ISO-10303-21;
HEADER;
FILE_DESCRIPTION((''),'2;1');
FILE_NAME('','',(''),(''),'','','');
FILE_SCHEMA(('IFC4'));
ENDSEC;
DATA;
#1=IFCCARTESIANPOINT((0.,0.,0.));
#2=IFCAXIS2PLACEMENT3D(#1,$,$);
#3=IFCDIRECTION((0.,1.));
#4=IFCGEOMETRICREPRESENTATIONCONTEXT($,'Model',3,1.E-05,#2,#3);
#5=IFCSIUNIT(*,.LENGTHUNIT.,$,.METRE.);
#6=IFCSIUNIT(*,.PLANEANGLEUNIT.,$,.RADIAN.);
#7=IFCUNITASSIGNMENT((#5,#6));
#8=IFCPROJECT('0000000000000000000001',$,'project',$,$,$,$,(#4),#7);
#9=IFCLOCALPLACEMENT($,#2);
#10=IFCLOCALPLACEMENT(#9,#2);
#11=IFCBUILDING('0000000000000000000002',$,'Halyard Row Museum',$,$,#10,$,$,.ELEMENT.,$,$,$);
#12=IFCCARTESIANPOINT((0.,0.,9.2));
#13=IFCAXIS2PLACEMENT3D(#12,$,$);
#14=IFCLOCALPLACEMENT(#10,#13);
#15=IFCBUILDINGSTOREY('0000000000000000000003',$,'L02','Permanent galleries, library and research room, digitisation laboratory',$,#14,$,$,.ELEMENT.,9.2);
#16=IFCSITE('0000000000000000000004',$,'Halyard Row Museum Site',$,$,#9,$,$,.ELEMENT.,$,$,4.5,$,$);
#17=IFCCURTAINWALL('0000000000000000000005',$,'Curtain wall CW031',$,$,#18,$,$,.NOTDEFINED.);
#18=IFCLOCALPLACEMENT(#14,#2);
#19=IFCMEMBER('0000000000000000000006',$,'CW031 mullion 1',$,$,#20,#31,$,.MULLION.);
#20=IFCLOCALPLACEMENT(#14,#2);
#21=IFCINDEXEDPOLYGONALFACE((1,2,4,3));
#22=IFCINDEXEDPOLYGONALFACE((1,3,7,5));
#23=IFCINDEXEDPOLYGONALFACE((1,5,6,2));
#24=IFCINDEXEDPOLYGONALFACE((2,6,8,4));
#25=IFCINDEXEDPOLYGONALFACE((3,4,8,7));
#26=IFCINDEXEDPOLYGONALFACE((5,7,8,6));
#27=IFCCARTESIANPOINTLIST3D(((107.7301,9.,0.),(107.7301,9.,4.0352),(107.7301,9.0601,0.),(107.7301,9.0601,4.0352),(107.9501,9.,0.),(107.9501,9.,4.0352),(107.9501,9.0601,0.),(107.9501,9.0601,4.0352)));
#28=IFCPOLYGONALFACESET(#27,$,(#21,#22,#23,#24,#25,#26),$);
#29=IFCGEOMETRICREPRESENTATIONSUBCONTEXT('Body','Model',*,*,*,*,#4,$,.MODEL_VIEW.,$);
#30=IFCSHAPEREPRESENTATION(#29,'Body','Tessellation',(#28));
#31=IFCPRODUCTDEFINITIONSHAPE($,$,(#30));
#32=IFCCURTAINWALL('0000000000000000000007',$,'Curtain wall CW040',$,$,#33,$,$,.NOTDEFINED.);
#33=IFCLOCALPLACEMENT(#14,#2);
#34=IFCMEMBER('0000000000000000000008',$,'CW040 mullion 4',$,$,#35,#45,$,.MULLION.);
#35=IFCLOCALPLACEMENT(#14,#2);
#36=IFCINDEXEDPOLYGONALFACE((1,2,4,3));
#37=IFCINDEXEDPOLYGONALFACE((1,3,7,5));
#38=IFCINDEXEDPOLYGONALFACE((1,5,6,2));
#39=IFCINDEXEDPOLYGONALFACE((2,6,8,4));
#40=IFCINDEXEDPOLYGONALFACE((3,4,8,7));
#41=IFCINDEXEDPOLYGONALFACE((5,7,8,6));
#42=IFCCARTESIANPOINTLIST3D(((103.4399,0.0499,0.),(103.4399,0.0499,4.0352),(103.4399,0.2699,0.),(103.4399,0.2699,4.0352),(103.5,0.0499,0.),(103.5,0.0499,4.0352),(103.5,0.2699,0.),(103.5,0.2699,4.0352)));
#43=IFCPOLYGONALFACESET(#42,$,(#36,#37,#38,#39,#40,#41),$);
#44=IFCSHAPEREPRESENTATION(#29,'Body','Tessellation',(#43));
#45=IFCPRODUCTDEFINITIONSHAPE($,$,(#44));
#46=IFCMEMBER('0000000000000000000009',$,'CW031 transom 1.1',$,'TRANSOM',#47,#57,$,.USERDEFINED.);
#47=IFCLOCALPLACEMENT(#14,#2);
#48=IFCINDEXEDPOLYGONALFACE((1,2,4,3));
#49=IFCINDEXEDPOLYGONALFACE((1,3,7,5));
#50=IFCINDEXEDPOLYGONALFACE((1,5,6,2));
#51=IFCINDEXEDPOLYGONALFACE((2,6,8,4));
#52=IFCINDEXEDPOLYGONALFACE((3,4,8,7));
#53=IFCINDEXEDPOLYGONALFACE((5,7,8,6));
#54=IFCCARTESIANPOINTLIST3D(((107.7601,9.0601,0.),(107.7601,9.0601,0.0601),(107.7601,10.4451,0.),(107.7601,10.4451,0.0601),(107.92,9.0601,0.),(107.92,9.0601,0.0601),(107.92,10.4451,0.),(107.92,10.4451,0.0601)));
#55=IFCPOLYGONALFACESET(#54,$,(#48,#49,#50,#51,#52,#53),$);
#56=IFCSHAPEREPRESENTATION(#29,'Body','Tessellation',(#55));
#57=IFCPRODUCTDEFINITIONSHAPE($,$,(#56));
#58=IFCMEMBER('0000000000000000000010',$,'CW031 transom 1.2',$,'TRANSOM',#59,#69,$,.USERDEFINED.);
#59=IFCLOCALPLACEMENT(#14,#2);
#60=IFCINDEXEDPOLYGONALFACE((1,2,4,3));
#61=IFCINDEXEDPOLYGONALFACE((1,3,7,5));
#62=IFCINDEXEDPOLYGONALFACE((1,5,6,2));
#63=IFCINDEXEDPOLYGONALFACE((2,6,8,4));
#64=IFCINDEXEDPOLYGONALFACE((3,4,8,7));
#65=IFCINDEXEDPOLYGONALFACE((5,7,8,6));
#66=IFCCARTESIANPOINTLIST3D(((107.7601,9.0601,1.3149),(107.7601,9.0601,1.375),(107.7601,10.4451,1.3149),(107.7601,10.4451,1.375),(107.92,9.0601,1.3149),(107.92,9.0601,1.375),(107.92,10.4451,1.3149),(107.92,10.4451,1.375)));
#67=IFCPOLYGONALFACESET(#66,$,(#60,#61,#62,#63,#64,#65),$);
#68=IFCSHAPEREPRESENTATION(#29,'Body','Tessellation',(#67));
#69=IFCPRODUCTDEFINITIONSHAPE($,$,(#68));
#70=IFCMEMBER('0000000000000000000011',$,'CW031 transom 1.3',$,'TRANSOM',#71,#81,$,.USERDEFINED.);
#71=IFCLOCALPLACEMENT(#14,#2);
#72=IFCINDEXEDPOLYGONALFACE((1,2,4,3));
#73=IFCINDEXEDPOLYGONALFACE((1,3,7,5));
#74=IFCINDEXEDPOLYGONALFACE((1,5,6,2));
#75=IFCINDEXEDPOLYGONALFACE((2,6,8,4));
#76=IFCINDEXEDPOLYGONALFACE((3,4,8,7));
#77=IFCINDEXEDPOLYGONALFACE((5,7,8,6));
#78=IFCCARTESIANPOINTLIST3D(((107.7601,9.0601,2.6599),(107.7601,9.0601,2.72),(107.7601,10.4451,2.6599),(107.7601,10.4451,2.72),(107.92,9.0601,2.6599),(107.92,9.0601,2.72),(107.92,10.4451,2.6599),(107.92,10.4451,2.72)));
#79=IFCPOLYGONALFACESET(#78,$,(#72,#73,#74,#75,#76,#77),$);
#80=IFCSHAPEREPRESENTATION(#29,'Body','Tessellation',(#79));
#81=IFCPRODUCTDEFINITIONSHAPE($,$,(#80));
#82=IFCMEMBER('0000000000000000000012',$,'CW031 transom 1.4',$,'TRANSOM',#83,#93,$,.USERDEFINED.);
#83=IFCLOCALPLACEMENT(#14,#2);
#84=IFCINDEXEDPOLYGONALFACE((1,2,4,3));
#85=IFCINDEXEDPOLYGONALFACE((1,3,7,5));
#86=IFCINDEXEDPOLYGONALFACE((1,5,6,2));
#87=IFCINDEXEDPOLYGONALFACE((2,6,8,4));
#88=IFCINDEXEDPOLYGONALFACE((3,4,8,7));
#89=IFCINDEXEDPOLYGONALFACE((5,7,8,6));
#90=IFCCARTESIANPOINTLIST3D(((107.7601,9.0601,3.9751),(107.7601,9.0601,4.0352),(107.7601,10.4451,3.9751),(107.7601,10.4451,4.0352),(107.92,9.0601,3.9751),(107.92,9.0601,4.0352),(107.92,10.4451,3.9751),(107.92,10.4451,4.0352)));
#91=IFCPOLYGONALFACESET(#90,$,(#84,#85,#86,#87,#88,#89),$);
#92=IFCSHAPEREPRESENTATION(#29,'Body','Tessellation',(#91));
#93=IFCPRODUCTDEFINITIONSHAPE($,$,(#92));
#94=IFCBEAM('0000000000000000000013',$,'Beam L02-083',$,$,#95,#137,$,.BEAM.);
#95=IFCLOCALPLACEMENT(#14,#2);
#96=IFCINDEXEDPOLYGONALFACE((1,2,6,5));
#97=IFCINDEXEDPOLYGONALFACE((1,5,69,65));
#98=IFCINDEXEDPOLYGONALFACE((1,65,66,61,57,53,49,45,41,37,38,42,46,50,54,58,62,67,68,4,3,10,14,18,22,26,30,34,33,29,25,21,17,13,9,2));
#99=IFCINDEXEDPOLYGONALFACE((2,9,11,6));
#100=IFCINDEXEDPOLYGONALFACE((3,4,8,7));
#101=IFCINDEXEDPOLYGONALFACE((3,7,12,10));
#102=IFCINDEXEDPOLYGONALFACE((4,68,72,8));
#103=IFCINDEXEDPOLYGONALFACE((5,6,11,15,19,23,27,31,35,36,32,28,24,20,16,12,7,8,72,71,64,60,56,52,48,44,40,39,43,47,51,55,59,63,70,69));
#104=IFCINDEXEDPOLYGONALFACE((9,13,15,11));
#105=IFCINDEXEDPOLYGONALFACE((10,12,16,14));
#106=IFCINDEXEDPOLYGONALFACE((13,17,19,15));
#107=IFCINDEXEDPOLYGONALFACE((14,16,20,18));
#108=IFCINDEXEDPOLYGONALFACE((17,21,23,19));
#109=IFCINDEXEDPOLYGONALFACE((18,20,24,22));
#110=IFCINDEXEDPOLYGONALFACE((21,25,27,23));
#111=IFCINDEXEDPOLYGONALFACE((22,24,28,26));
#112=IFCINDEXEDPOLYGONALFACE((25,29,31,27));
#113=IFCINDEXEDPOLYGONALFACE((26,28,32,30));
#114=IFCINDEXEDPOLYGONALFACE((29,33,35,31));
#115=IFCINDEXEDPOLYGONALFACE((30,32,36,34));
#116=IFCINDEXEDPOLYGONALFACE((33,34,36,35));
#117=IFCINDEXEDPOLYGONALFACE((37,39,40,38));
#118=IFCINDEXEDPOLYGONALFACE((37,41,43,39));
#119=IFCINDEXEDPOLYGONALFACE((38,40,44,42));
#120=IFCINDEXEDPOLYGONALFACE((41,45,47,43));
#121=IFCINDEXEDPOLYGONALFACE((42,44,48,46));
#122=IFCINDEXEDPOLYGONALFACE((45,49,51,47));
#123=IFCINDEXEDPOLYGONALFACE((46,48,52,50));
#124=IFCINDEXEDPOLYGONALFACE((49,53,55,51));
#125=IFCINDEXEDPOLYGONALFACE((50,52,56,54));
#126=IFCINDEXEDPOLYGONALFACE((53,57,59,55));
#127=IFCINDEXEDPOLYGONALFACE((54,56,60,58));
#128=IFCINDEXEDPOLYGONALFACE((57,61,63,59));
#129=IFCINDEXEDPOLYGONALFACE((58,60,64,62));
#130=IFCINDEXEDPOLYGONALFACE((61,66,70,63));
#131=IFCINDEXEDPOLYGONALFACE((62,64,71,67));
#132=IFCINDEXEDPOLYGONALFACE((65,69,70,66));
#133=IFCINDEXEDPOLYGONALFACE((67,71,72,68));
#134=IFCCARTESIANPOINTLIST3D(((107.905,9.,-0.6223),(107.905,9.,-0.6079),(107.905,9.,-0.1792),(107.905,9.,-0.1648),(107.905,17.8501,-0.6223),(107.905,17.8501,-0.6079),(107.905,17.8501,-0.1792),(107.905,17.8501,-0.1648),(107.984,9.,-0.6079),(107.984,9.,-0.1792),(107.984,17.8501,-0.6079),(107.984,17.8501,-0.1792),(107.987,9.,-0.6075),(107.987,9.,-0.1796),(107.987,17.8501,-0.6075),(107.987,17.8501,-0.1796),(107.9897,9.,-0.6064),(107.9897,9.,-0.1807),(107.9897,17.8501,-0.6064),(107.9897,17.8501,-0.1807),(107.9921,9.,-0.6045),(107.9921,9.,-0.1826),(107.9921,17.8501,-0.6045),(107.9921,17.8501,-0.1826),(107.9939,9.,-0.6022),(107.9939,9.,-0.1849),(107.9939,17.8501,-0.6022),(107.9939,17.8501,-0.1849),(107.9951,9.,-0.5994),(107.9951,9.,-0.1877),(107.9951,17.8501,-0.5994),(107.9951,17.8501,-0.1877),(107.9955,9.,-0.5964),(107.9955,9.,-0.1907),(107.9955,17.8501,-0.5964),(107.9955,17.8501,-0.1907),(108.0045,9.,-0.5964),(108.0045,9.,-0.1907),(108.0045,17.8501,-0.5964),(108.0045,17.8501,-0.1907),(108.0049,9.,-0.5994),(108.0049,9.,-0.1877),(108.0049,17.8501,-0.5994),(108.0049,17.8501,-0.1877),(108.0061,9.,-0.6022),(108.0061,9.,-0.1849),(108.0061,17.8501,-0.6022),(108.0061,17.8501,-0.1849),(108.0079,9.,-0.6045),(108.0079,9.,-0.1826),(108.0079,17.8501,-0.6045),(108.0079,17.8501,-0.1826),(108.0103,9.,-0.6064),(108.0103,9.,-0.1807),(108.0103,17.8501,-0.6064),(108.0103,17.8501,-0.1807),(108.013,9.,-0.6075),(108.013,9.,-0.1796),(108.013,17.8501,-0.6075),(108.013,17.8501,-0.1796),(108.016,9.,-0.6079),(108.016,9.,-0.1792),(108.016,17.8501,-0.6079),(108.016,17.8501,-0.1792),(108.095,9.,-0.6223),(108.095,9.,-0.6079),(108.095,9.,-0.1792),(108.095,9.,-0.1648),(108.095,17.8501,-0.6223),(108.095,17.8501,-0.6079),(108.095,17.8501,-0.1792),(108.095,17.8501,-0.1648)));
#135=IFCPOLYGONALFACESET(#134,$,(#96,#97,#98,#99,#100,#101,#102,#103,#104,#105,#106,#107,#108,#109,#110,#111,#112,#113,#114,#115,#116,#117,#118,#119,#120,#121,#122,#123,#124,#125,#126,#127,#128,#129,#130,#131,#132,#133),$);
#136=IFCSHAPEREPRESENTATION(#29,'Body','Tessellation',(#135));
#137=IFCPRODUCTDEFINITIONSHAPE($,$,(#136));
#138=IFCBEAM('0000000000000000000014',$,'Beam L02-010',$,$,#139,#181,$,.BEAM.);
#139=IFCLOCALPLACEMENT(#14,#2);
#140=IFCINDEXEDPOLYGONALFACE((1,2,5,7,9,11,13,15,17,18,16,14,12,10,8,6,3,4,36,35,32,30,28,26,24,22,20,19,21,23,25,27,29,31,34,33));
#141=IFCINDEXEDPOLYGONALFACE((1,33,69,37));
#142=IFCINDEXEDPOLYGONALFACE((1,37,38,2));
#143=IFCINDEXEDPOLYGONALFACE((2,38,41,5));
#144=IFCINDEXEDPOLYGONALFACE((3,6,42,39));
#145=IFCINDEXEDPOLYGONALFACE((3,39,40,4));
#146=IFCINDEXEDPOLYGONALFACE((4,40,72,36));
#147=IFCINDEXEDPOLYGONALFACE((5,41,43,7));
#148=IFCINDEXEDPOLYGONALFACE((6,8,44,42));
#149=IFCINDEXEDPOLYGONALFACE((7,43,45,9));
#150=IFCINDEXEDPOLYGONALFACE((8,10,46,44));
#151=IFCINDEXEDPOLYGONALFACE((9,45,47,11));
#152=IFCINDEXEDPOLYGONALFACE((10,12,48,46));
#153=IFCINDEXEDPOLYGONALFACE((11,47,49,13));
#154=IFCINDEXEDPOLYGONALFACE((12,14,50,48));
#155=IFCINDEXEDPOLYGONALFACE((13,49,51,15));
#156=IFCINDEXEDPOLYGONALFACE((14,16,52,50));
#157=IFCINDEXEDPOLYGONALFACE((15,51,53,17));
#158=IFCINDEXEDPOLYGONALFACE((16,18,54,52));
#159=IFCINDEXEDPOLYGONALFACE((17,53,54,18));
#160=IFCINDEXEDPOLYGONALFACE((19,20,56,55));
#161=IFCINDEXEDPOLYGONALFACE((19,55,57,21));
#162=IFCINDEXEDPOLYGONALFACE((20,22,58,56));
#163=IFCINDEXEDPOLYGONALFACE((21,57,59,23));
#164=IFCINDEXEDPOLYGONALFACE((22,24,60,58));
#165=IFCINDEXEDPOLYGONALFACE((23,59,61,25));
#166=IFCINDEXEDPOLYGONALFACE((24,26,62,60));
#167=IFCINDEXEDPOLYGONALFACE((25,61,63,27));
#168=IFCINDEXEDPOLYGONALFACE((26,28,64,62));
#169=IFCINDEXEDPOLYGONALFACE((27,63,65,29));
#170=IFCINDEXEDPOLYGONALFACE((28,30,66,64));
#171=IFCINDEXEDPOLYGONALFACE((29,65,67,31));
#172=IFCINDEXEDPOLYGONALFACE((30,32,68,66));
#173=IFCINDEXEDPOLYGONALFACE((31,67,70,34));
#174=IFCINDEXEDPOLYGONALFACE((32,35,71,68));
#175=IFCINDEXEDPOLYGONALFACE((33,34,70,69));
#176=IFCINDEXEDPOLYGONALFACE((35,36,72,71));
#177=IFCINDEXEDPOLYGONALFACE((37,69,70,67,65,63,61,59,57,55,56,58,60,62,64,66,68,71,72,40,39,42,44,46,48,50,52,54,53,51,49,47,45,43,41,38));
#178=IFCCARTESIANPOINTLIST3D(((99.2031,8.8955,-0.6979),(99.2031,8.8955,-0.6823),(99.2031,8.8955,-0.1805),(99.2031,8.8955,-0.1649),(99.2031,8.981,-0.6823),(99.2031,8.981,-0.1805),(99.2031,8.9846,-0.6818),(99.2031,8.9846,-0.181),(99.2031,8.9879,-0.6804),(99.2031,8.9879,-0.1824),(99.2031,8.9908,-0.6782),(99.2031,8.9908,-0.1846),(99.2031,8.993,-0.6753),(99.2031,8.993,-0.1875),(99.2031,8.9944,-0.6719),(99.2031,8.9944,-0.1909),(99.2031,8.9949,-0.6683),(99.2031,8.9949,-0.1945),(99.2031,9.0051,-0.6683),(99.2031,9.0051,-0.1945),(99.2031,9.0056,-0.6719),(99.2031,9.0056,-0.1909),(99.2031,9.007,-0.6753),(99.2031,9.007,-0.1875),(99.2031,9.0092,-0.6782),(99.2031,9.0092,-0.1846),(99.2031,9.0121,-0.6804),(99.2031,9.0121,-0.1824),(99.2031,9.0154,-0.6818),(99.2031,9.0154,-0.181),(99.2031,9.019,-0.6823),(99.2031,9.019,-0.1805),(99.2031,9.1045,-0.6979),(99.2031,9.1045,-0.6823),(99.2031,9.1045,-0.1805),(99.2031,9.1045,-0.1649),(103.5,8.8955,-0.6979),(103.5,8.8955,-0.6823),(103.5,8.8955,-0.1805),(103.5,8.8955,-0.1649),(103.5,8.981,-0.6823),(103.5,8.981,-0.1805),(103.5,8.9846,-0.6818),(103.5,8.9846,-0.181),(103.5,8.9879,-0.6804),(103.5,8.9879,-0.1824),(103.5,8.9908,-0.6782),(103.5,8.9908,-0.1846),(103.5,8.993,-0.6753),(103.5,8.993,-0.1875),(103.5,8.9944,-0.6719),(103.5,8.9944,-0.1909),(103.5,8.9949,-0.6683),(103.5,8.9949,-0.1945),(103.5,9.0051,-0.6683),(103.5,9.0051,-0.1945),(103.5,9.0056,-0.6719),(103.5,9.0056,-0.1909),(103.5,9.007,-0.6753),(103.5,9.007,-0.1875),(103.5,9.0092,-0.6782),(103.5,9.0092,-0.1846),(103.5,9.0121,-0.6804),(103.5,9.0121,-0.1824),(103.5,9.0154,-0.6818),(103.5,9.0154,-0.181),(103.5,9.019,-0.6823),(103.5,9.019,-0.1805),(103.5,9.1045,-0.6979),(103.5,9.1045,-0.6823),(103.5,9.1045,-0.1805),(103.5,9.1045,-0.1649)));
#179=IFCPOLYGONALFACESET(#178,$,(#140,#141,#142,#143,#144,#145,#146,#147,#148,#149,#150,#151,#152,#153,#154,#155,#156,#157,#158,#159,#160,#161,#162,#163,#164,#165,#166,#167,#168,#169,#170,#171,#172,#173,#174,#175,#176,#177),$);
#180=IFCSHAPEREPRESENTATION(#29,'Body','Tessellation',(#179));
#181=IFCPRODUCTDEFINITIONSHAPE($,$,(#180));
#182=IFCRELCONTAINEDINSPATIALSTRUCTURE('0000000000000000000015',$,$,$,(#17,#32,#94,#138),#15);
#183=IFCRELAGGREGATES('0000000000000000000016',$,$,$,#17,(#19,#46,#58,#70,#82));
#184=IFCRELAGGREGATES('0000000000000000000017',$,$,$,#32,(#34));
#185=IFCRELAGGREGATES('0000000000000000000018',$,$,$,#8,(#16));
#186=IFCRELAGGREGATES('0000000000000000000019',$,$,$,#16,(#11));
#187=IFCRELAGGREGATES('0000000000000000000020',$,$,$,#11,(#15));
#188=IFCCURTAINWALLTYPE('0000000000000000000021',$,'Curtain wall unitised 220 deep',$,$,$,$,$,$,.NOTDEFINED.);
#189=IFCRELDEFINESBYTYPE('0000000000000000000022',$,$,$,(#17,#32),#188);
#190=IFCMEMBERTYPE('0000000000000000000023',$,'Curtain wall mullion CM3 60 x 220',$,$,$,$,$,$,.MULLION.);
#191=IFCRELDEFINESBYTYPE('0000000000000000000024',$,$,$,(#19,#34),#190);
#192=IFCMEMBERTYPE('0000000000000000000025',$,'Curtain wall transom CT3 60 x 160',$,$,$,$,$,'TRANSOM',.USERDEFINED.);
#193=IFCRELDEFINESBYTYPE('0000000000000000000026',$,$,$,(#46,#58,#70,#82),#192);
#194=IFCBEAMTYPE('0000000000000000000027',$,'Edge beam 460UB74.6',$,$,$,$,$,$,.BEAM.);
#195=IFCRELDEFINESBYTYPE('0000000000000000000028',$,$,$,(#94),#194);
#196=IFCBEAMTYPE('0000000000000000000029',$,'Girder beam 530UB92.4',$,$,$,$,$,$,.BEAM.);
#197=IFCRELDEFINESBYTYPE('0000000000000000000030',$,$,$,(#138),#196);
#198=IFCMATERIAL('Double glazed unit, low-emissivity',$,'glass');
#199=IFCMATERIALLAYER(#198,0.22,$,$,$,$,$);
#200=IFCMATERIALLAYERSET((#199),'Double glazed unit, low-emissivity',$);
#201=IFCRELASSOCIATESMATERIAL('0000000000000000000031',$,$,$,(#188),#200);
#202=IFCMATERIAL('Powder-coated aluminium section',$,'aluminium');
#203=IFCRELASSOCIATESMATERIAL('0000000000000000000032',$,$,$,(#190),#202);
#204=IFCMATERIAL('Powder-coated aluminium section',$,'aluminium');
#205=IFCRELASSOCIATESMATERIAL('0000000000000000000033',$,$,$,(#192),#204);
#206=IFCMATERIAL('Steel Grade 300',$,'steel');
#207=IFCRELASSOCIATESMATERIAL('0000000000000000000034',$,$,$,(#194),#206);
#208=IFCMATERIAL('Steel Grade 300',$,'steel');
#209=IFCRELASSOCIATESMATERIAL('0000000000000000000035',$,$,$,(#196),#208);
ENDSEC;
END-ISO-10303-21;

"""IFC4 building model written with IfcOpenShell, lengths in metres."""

from ifc_helpers import new_model, si_unit, direction, frame, origin, origin_2d, place, context, subcontext, project, spatial, rectangle, i_section, extrude, material, layer, layer_set, material_profile, profile_set, type_object, element, aggregate, save


model = new_model("IFC4")

# Units and contexts
model_context = context("Model", 3, precision=1e-05, world=origin(), true_north=direction((0.0, 1.0)))
body_context = subcontext(model_context, "Body", "Model", "MODEL_VIEW")
ifc_project = project(units=[si_unit("LENGTHUNIT", "METRE"), si_unit("PLANEANGLEUNIT", "RADIAN")], contexts=[model_context])

# Site, building, storey
site_placement = place(None, origin())
site = spatial("IfcSite", under=ifc_project, at=site_placement, Name="Halyard Row Museum Site", CompositionType="ELEMENT", RefElevation=4.5)
building_placement = place(site_placement, origin())
building = spatial("IfcBuilding", under=site, at=building_placement, Name="Halyard Row Museum", CompositionType="ELEMENT")
storey_placement = place(building_placement, frame((0.0, 0.0, 9.2)))
storey = spatial("IfcBuildingStorey", under=building, at=storey_placement, Name="L02", Description="Permanent galleries, library and research room, digitisation laboratory", CompositionType="ELEMENT", Elevation=9.2)

# Curtain walls, members
ifc_material_1 = material(Name="Double glazed unit, low-emissivity", Category="glass")
ifc_layer_1 = layer(ifc_material_1, 0.22)
ifc_layer_set_1 = layer_set([ifc_layer_1], Name="Double glazed unit, low-emissivity")
curtain_wall_type = type_object("IfcCurtainWallType", Name="Curtain wall unitised 220 deep", PredefinedType="NOTDEFINED", material=ifc_layer_set_1)
curtain_wall_1_placement = place(storey_placement, origin())
curtain_wall_1 = element("IfcCurtainWall", 1, at=curtain_wall_1_placement, inside=storey, type_object=curtain_wall_type, Name="Curtain wall CW031", PredefinedType="NOTDEFINED")
ifc_material_2 = material(Name="Powder-coated aluminium section", Category="aluminium")
ifc_material_profile_1 = material_profile(ifc_material_2, rectangle(XDim=0.22, YDim=0.0601, at=origin_2d()), Name="220x60 mullion")
ifc_profile_set_1 = profile_set([ifc_material_profile_1], Name="Powder-coated aluminium section")
member_type_1 = type_object("IfcMemberType", Name="Curtain wall mullion CM3 60 x 220", PredefinedType="MULLION", material=ifc_profile_set_1)
member_1_placement = place(storey_placement, frame((107.8401, 9.03, 0.0), z_axis=(0.0, 0.0, 1.0), x_axis=(-1.0, 0.0, 0.0)))
member_1 = element("IfcMember", 2, at=member_1_placement, type_object=member_type_1, Name="CW031 mullion 1", PredefinedType="MULLION", context=body_context, shape_type="SweptSolid", body=[
    extrude(rectangle(XDim=0.22, YDim=0.0601, at=origin_2d()), origin(), (0.0, 0.0, 1.0), 4.0352),
])
curtain_wall_2_placement = place(storey_placement, origin())
curtain_wall_2 = element("IfcCurtainWall", 3, at=curtain_wall_2_placement, inside=storey, type_object=curtain_wall_type, Name="Curtain wall CW040", PredefinedType="NOTDEFINED")
member_2_placement = place(storey_placement, frame((103.47, 0.1599, 0.0), z_axis=(0.0, 0.0, 1.0), x_axis=(0.0, 1.0, 0.0)))
member_2 = element("IfcMember", 4, at=member_2_placement, type_object=member_type_1, Name="CW040 mullion 4", PredefinedType="MULLION", context=body_context, shape_type="SweptSolid", body=[
    extrude(rectangle(XDim=0.22, YDim=0.0601, at=origin_2d()), origin(), (0.0, 0.0, 1.0), 4.0352),
])

# Members
ifc_material_3 = material(Name="Powder-coated aluminium section", Category="aluminium")
ifc_material_profile_2 = material_profile(ifc_material_3, rectangle(XDim=0.1599, YDim=0.0601, at=origin_2d()), Name="160x60 transom")
ifc_profile_set_2 = profile_set([ifc_material_profile_2], Name="Powder-coated aluminium section")
member_type_2 = type_object("IfcMemberType", Name="Curtain wall transom CT3 60 x 160", ElementType="TRANSOM", PredefinedType="USERDEFINED", material=ifc_profile_set_2)
member_3_placement = place(storey_placement, frame((107.8401, 9.0601, 0.03), z_axis=(0.0, 1.0, 0.0), x_axis=(-1.0, 0.0, 0.0)))
member_3 = element("IfcMember", 5, at=member_3_placement, type_object=member_type_2, Name="CW031 transom 1.1", ObjectType="TRANSOM", PredefinedType="USERDEFINED", context=body_context, shape_type="SweptSolid", body=[
    extrude(rectangle(XDim=0.1599, YDim=0.0601, at=origin_2d()), origin(), (0.0, 0.0, 1.0), 1.385),
])
member_4_placement = place(storey_placement, frame((107.8401, 9.0601, 1.345), z_axis=(0.0, 1.0, 0.0), x_axis=(-1.0, 0.0, 0.0)))
member_4 = element("IfcMember", 6, at=member_4_placement, type_object=member_type_2, Name="CW031 transom 1.2", ObjectType="TRANSOM", PredefinedType="USERDEFINED", context=body_context, shape_type="SweptSolid", body=[
    extrude(rectangle(XDim=0.1599, YDim=0.0601, at=origin_2d()), origin(), (0.0, 0.0, 1.0), 1.385),
])
member_5_placement = place(storey_placement, frame((107.8401, 9.0601, 2.6899), z_axis=(0.0, 1.0, 0.0), x_axis=(-1.0, 0.0, 0.0)))
member_5 = element("IfcMember", 7, at=member_5_placement, type_object=member_type_2, Name="CW031 transom 1.3", ObjectType="TRANSOM", PredefinedType="USERDEFINED", context=body_context, shape_type="SweptSolid", body=[
    extrude(rectangle(XDim=0.1599, YDim=0.0601, at=origin_2d()), origin(), (0.0, 0.0, 1.0), 1.385),
])
member_6_placement = place(storey_placement, frame((107.8401, 9.0601, 4.0051), z_axis=(0.0, 1.0, 0.0), x_axis=(-1.0, 0.0, 0.0)))
member_6 = element("IfcMember", 8, at=member_6_placement, type_object=member_type_2, Name="CW031 transom 1.4", ObjectType="TRANSOM", PredefinedType="USERDEFINED", context=body_context, shape_type="SweptSolid", body=[
    extrude(rectangle(XDim=0.1599, YDim=0.0601, at=origin_2d()), origin(), (0.0, 0.0, 1.0), 1.385),
])
aggregate(curtain_wall_1, [member_1, member_3, member_4, member_5, member_6])

# Beams
ifc_material_4 = material(Name="Steel Grade 300", Category="steel")
ifc_material_profile_3 = material_profile(ifc_material_4, i_section(OverallWidth=0.1899, OverallDepth=0.4575, WebThickness=0.009, FlangeThickness=0.0144, FilletRadius=0.0115, at=origin_2d()), Name="460UB74.6")
ifc_profile_set_3 = profile_set([ifc_material_profile_3], Name="Steel Grade 300")
beam_type_1 = type_object("IfcBeamType", Name="Edge beam 460UB74.6", PredefinedType="BEAM", material=ifc_profile_set_3)
beam_1_placement = place(storey_placement, frame((108.0, 9.0, -0.3936), z_axis=(0.0, 1.0, 0.0), x_axis=(-1.0, 0.0, 0.0)))
element("IfcBeam", 9, at=beam_1_placement, inside=storey, type_object=beam_type_1, Name="Beam L02-083", PredefinedType="BEAM", context=body_context, shape_type="SweptSolid", body=[
    extrude(i_section(OverallWidth=0.1899, OverallDepth=0.4575, WebThickness=0.009, FlangeThickness=0.0144, FilletRadius=0.0115, at=origin_2d()), origin(), (0.0, 0.0, 1.0), 8.8501),
])
ifc_material_5 = material(Name="Steel Grade 300", Category="steel")
ifc_material_profile_4 = material_profile(ifc_material_5, i_section(OverallWidth=0.209, OverallDepth=0.533, WebThickness=0.0103, FlangeThickness=0.0156, FilletRadius=0.0139, at=origin_2d()), Name="530UB92.4")
ifc_profile_set_4 = profile_set([ifc_material_profile_4], Name="Steel Grade 300")
beam_type_2 = type_object("IfcBeamType", Name="Girder beam 530UB92.4", PredefinedType="BEAM", material=ifc_profile_set_4)
beam_2_placement = place(storey_placement, frame((99.2031, 9.0, -0.4314), z_axis=(1.0, 0.0, 0.0), x_axis=(0.0, 1.0, 0.0)))
element("IfcBeam", 10, at=beam_2_placement, inside=storey, type_object=beam_type_2, Name="Beam L02-010", PredefinedType="BEAM", context=body_context, shape_type="SweptSolid", body=[
    extrude(i_section(OverallWidth=0.209, OverallDepth=0.533, WebThickness=0.0103, FlangeThickness=0.0156, FilletRadius=0.0139, at=origin_2d()), origin(), (0.0, 0.0, 1.0), 4.2969),
])

aggregate(curtain_wall_2, [member_2])

save(model, "model.ifc")
